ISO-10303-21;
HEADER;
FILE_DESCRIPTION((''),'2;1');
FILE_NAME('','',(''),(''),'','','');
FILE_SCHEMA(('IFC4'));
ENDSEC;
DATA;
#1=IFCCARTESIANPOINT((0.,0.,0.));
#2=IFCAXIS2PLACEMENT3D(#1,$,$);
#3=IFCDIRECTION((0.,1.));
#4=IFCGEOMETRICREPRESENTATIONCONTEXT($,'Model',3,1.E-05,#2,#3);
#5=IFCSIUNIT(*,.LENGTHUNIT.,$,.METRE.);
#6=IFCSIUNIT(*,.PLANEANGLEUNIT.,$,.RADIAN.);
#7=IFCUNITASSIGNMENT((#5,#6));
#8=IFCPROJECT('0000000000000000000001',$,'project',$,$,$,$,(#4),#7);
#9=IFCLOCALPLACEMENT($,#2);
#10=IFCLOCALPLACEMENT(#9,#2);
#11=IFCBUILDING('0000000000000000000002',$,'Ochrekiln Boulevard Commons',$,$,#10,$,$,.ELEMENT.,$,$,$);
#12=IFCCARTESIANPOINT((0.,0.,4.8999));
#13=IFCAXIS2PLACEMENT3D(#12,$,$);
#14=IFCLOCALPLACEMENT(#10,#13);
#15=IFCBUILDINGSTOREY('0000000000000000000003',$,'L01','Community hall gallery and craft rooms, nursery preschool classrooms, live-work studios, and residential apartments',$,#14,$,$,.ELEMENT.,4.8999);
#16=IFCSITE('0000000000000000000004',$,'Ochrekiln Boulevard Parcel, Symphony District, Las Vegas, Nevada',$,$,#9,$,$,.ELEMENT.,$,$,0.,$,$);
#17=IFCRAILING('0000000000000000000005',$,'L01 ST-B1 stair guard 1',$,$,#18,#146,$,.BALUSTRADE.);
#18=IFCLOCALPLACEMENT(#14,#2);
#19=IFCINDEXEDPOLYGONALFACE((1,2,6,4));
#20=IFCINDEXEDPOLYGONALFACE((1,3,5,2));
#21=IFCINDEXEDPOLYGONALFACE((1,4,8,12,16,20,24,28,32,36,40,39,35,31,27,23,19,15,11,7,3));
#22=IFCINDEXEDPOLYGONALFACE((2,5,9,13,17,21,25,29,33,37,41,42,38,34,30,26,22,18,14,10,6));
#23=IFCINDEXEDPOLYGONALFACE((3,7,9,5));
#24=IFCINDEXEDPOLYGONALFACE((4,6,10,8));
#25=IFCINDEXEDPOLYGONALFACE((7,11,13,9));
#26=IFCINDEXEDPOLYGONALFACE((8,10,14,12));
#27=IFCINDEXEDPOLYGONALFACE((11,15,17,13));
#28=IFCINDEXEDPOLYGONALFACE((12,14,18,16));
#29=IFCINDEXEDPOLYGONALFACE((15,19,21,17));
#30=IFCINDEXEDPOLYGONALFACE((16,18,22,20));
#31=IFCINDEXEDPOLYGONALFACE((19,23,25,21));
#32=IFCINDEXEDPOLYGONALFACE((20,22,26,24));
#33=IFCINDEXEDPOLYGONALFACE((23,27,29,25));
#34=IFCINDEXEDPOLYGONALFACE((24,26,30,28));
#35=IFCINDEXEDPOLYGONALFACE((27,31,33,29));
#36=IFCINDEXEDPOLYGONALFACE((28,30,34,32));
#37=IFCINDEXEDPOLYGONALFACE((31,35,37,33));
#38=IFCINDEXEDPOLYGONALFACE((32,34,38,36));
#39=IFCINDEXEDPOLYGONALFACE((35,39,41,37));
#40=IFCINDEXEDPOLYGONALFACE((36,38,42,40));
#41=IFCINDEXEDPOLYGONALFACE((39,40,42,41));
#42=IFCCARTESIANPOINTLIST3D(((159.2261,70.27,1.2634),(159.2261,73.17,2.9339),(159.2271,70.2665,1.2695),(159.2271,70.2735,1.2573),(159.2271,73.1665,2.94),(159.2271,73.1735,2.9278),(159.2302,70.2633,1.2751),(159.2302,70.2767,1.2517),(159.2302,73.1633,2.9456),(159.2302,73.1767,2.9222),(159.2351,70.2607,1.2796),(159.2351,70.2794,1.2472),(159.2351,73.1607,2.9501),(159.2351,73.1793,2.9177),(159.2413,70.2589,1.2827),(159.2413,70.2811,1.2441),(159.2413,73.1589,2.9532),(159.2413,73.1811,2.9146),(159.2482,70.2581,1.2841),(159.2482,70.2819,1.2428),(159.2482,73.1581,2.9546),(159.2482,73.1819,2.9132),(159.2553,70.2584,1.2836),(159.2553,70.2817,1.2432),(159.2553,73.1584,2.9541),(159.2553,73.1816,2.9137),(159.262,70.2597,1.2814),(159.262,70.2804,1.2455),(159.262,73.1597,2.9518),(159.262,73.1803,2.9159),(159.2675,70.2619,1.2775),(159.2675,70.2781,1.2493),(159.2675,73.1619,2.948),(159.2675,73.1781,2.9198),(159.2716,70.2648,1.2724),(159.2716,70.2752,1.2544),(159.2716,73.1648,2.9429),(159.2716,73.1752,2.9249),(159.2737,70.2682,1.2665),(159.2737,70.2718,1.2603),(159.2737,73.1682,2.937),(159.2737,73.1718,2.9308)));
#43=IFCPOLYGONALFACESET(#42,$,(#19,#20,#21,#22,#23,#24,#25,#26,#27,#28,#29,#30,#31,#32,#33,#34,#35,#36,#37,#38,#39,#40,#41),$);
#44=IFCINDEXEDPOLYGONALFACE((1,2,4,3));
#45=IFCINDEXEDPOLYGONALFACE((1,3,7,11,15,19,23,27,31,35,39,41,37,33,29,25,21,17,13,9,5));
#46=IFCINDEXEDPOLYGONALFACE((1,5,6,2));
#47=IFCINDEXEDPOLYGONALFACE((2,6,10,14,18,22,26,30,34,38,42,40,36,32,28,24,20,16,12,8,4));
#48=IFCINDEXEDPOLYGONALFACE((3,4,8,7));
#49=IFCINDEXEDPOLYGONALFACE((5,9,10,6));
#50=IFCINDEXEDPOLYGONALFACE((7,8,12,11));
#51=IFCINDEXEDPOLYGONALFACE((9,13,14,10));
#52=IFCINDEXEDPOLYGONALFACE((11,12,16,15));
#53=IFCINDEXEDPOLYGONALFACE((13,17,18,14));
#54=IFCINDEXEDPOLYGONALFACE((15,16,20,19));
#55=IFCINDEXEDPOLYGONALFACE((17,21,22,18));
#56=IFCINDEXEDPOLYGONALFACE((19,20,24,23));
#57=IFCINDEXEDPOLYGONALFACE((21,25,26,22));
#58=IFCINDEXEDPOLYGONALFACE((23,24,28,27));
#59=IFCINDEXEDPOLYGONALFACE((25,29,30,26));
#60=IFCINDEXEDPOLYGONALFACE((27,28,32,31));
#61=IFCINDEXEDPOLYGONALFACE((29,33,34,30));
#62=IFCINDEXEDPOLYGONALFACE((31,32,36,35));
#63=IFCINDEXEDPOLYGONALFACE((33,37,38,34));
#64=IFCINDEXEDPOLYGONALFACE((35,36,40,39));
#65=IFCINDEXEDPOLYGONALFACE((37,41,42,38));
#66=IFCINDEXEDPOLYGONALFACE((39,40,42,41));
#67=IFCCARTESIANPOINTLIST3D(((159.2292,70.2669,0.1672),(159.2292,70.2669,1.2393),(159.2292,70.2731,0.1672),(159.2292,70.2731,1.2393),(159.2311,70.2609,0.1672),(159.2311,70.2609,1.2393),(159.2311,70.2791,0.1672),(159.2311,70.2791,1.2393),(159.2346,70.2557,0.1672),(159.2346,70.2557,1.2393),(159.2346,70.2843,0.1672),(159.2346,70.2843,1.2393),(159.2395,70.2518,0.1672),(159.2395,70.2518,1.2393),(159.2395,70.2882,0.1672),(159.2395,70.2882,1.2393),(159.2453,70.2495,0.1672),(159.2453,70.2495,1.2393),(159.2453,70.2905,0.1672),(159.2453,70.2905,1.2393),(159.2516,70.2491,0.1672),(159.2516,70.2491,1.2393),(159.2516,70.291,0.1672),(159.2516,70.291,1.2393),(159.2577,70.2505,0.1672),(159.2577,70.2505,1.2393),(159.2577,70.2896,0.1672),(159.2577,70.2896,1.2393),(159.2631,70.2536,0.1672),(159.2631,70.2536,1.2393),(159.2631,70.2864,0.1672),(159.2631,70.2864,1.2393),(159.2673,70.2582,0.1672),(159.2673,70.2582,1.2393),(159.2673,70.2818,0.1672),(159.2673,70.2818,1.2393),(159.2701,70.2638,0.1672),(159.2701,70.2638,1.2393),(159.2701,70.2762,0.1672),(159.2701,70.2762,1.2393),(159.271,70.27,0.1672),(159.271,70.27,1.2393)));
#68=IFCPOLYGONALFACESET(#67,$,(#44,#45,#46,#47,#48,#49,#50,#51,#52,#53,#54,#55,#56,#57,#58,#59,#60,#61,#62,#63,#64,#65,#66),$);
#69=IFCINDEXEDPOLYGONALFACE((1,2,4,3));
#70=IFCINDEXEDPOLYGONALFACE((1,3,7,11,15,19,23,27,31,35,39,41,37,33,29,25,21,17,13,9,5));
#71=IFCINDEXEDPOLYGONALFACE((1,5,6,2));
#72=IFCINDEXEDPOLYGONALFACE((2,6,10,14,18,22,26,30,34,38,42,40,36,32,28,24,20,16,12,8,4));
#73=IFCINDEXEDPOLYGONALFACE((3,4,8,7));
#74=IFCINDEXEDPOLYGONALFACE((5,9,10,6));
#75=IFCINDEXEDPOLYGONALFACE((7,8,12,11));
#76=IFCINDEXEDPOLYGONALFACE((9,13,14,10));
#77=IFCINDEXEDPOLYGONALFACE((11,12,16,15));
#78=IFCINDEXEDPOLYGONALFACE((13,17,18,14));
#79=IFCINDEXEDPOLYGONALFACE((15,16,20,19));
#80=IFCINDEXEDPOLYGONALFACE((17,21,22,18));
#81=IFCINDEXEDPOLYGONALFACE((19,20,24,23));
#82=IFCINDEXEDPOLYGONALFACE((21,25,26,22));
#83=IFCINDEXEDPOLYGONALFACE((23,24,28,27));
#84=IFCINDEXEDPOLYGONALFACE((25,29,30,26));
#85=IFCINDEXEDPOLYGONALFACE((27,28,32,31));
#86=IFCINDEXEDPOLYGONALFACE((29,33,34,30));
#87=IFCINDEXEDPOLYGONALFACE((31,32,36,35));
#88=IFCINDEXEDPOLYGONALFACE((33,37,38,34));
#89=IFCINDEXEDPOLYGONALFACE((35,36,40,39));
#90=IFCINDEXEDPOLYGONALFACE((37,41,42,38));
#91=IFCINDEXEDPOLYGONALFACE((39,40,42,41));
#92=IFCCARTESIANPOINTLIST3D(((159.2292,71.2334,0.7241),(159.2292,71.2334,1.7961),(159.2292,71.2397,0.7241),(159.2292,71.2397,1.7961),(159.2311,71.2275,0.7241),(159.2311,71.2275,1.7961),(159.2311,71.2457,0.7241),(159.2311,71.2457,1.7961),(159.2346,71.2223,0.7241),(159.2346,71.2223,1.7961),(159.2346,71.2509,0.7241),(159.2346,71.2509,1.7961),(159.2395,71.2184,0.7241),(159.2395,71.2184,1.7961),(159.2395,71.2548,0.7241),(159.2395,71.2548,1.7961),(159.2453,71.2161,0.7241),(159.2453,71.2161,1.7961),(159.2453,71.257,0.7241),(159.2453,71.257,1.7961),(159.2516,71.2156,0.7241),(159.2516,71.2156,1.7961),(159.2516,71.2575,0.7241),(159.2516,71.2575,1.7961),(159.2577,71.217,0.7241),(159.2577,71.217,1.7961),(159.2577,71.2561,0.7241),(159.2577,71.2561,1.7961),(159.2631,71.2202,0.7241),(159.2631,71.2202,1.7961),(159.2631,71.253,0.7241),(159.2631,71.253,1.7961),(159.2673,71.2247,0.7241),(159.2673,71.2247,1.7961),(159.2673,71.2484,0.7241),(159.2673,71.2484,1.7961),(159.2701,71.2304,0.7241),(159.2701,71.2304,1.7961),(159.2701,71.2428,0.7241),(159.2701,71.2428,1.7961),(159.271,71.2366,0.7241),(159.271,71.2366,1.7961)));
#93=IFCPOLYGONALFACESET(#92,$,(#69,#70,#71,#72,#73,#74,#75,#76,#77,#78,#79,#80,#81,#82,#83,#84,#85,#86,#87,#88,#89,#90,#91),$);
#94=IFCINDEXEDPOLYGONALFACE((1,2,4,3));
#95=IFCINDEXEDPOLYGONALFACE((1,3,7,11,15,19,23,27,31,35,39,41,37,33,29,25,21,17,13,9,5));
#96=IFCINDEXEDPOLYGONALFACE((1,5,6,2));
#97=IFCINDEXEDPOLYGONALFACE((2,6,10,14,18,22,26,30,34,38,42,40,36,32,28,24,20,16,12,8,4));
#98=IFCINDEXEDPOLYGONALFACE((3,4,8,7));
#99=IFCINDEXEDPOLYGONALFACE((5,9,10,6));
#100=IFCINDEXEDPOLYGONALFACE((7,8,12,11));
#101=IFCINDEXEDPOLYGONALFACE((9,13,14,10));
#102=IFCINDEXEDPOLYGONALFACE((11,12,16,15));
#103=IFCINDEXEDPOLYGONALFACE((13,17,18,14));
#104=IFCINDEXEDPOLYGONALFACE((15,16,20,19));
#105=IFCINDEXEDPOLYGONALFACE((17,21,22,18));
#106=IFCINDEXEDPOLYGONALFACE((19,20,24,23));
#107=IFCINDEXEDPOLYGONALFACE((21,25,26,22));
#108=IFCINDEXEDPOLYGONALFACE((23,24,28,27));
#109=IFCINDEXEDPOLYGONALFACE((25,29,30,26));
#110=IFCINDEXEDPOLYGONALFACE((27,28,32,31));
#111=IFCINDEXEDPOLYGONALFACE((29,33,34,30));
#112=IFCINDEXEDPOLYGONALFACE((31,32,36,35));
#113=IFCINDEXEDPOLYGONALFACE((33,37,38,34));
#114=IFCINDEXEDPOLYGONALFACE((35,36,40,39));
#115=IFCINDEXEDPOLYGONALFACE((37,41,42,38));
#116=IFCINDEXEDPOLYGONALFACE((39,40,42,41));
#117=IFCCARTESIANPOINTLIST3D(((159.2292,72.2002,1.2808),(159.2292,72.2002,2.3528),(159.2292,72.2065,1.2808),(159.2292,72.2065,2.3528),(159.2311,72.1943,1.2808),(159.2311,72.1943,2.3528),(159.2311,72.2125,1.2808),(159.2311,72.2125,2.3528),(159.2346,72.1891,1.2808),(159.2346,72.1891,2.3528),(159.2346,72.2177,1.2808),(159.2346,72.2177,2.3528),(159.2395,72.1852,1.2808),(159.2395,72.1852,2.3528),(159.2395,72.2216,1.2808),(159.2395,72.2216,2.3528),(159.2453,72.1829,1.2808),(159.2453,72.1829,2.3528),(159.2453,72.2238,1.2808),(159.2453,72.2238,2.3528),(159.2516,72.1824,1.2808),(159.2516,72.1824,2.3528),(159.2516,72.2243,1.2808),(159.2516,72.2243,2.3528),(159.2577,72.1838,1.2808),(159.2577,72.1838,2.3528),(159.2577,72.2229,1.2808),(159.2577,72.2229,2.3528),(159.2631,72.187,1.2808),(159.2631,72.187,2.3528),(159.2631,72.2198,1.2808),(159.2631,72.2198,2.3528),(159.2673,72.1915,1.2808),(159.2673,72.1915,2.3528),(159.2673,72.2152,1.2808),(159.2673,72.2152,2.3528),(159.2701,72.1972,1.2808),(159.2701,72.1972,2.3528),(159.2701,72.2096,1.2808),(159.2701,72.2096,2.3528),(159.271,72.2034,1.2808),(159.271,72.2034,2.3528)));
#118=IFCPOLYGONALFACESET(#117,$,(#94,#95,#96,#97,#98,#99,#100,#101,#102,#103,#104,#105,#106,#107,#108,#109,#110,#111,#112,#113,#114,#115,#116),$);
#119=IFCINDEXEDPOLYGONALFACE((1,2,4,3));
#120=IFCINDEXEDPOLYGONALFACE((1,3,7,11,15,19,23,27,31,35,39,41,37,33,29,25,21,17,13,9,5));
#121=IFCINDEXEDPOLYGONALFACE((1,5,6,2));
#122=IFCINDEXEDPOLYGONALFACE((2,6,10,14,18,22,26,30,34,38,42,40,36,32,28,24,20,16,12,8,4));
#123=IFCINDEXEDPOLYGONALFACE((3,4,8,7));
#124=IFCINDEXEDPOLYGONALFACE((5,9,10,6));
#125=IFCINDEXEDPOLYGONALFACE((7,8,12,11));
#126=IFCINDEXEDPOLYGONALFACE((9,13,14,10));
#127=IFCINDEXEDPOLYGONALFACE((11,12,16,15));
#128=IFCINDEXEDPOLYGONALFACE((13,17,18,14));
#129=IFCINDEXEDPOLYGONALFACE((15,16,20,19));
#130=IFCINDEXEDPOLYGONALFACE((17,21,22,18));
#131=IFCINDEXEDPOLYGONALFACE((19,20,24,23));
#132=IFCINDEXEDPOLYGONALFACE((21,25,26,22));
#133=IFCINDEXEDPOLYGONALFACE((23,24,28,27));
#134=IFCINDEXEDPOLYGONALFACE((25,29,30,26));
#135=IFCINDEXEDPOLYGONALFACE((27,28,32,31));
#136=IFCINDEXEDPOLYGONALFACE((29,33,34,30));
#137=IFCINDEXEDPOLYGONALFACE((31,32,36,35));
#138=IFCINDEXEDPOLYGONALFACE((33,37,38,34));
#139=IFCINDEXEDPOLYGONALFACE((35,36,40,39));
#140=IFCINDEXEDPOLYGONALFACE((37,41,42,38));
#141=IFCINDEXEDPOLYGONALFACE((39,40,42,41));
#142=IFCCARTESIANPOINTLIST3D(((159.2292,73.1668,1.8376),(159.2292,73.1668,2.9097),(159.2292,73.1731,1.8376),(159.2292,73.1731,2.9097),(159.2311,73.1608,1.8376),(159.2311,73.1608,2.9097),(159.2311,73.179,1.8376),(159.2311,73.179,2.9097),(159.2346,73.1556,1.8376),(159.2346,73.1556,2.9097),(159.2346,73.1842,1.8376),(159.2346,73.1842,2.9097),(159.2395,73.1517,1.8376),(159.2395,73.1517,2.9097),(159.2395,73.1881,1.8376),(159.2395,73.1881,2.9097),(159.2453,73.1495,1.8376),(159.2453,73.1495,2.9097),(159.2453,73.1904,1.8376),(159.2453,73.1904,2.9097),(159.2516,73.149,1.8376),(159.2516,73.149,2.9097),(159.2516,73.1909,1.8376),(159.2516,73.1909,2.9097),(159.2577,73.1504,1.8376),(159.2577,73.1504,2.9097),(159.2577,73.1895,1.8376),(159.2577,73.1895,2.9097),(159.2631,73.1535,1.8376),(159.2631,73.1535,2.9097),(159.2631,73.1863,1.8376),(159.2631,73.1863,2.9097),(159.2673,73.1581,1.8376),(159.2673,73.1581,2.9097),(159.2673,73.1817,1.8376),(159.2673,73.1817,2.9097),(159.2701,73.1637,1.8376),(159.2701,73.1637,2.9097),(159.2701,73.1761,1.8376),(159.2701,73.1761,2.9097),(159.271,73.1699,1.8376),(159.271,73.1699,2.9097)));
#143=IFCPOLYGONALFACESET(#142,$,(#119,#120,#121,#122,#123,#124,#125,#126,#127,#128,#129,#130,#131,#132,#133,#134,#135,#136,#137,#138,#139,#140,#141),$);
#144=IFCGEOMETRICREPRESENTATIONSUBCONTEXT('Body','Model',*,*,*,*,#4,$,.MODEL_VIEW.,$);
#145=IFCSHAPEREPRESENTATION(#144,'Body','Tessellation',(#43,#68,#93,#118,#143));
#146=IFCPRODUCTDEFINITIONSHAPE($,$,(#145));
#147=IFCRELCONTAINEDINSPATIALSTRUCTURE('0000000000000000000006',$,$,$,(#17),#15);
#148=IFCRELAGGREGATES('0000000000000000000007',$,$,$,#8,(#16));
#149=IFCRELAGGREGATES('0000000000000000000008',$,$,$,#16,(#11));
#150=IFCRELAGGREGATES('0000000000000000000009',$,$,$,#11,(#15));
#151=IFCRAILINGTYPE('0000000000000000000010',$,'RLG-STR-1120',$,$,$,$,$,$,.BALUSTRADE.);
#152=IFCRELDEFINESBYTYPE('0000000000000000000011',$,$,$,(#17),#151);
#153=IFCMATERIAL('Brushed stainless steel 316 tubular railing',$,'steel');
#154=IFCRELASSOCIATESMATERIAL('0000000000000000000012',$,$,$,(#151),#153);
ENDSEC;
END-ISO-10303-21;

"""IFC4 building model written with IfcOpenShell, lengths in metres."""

from ifc_helpers import new_model, si_unit, direction, frame, origin, origin_2d, place, context, subcontext, project, spatial, circle, extrude, material, type_object, element, save


model = new_model("IFC4")

# Units and contexts
model_context = context("Model", 3, precision=1e-05, world=origin(), true_north=direction((0.0, 1.0)))
body_context = subcontext(model_context, "Body", "Model", "MODEL_VIEW")
ifc_project = project(units=[si_unit("LENGTHUNIT", "METRE"), si_unit("PLANEANGLEUNIT", "RADIAN")], contexts=[model_context])

# Site, building, storey
site_placement = place(None, origin())
site = spatial("IfcSite", under=ifc_project, at=site_placement, Name="Ochrekiln Boulevard Parcel, Symphony District, Las Vegas, Nevada", CompositionType="ELEMENT", RefElevation=0.0)
building_placement = place(site_placement, origin())
building = spatial("IfcBuilding", under=site, at=building_placement, Name="Ochrekiln Boulevard Commons", CompositionType="ELEMENT")
storey_placement = place(building_placement, frame((0.0, 0.0, 4.8999)))
storey = spatial("IfcBuildingStorey", under=building, at=storey_placement, Name="L01", Description="Community hall gallery and craft rooms, nursery preschool classrooms, live-work studios, and residential apartments", CompositionType="ELEMENT", Elevation=4.8999)

# Railing
ifc_material_1 = material(Name="Brushed stainless steel 316 tubular railing", Category="steel")
railing_type_1 = type_object("IfcRailingType", Name="RLG-STR-1120", PredefinedType="BALUSTRADE", material=ifc_material_1)
railing_1_placement = place(storey_placement, frame((159.25, 70.27, 0.1672)))
element("IfcRailing", 1, at=railing_1_placement, inside=storey, type_object=railing_type_1, Name="L01 ST-B1 stair guard 1", PredefinedType="BALUSTRADE", context=body_context, shape_type="SweptSolid", body=[
    extrude(circle(Radius=0.0239, at=origin_2d()), frame((0.0, 0.0, 1.0962), z_axis=(0.0, 0.866523, 0.499137), x_axis=(-1.0, 0.0, 0.0)), (0.0, 0.0, 1.0), 3.3467),
    extrude(circle(Radius=0.021, at=origin_2d()), origin(), (0.0, 0.0, 1.0), 1.072),
    extrude(circle(Radius=0.021, at=origin_2d()), frame((0.0, 0.9666, 0.5569)), (0.0, 0.0, 1.0), 1.072),
    extrude(circle(Radius=0.021, at=origin_2d()), frame((0.0, 1.9333, 1.1135)), (0.0, 0.0, 1.0), 1.072),
    extrude(circle(Radius=0.021, at=origin_2d()), frame((0.0, 2.8999, 1.6704)), (0.0, 0.0, 1.0), 1.072),
])

save(model, "model.ifc")
